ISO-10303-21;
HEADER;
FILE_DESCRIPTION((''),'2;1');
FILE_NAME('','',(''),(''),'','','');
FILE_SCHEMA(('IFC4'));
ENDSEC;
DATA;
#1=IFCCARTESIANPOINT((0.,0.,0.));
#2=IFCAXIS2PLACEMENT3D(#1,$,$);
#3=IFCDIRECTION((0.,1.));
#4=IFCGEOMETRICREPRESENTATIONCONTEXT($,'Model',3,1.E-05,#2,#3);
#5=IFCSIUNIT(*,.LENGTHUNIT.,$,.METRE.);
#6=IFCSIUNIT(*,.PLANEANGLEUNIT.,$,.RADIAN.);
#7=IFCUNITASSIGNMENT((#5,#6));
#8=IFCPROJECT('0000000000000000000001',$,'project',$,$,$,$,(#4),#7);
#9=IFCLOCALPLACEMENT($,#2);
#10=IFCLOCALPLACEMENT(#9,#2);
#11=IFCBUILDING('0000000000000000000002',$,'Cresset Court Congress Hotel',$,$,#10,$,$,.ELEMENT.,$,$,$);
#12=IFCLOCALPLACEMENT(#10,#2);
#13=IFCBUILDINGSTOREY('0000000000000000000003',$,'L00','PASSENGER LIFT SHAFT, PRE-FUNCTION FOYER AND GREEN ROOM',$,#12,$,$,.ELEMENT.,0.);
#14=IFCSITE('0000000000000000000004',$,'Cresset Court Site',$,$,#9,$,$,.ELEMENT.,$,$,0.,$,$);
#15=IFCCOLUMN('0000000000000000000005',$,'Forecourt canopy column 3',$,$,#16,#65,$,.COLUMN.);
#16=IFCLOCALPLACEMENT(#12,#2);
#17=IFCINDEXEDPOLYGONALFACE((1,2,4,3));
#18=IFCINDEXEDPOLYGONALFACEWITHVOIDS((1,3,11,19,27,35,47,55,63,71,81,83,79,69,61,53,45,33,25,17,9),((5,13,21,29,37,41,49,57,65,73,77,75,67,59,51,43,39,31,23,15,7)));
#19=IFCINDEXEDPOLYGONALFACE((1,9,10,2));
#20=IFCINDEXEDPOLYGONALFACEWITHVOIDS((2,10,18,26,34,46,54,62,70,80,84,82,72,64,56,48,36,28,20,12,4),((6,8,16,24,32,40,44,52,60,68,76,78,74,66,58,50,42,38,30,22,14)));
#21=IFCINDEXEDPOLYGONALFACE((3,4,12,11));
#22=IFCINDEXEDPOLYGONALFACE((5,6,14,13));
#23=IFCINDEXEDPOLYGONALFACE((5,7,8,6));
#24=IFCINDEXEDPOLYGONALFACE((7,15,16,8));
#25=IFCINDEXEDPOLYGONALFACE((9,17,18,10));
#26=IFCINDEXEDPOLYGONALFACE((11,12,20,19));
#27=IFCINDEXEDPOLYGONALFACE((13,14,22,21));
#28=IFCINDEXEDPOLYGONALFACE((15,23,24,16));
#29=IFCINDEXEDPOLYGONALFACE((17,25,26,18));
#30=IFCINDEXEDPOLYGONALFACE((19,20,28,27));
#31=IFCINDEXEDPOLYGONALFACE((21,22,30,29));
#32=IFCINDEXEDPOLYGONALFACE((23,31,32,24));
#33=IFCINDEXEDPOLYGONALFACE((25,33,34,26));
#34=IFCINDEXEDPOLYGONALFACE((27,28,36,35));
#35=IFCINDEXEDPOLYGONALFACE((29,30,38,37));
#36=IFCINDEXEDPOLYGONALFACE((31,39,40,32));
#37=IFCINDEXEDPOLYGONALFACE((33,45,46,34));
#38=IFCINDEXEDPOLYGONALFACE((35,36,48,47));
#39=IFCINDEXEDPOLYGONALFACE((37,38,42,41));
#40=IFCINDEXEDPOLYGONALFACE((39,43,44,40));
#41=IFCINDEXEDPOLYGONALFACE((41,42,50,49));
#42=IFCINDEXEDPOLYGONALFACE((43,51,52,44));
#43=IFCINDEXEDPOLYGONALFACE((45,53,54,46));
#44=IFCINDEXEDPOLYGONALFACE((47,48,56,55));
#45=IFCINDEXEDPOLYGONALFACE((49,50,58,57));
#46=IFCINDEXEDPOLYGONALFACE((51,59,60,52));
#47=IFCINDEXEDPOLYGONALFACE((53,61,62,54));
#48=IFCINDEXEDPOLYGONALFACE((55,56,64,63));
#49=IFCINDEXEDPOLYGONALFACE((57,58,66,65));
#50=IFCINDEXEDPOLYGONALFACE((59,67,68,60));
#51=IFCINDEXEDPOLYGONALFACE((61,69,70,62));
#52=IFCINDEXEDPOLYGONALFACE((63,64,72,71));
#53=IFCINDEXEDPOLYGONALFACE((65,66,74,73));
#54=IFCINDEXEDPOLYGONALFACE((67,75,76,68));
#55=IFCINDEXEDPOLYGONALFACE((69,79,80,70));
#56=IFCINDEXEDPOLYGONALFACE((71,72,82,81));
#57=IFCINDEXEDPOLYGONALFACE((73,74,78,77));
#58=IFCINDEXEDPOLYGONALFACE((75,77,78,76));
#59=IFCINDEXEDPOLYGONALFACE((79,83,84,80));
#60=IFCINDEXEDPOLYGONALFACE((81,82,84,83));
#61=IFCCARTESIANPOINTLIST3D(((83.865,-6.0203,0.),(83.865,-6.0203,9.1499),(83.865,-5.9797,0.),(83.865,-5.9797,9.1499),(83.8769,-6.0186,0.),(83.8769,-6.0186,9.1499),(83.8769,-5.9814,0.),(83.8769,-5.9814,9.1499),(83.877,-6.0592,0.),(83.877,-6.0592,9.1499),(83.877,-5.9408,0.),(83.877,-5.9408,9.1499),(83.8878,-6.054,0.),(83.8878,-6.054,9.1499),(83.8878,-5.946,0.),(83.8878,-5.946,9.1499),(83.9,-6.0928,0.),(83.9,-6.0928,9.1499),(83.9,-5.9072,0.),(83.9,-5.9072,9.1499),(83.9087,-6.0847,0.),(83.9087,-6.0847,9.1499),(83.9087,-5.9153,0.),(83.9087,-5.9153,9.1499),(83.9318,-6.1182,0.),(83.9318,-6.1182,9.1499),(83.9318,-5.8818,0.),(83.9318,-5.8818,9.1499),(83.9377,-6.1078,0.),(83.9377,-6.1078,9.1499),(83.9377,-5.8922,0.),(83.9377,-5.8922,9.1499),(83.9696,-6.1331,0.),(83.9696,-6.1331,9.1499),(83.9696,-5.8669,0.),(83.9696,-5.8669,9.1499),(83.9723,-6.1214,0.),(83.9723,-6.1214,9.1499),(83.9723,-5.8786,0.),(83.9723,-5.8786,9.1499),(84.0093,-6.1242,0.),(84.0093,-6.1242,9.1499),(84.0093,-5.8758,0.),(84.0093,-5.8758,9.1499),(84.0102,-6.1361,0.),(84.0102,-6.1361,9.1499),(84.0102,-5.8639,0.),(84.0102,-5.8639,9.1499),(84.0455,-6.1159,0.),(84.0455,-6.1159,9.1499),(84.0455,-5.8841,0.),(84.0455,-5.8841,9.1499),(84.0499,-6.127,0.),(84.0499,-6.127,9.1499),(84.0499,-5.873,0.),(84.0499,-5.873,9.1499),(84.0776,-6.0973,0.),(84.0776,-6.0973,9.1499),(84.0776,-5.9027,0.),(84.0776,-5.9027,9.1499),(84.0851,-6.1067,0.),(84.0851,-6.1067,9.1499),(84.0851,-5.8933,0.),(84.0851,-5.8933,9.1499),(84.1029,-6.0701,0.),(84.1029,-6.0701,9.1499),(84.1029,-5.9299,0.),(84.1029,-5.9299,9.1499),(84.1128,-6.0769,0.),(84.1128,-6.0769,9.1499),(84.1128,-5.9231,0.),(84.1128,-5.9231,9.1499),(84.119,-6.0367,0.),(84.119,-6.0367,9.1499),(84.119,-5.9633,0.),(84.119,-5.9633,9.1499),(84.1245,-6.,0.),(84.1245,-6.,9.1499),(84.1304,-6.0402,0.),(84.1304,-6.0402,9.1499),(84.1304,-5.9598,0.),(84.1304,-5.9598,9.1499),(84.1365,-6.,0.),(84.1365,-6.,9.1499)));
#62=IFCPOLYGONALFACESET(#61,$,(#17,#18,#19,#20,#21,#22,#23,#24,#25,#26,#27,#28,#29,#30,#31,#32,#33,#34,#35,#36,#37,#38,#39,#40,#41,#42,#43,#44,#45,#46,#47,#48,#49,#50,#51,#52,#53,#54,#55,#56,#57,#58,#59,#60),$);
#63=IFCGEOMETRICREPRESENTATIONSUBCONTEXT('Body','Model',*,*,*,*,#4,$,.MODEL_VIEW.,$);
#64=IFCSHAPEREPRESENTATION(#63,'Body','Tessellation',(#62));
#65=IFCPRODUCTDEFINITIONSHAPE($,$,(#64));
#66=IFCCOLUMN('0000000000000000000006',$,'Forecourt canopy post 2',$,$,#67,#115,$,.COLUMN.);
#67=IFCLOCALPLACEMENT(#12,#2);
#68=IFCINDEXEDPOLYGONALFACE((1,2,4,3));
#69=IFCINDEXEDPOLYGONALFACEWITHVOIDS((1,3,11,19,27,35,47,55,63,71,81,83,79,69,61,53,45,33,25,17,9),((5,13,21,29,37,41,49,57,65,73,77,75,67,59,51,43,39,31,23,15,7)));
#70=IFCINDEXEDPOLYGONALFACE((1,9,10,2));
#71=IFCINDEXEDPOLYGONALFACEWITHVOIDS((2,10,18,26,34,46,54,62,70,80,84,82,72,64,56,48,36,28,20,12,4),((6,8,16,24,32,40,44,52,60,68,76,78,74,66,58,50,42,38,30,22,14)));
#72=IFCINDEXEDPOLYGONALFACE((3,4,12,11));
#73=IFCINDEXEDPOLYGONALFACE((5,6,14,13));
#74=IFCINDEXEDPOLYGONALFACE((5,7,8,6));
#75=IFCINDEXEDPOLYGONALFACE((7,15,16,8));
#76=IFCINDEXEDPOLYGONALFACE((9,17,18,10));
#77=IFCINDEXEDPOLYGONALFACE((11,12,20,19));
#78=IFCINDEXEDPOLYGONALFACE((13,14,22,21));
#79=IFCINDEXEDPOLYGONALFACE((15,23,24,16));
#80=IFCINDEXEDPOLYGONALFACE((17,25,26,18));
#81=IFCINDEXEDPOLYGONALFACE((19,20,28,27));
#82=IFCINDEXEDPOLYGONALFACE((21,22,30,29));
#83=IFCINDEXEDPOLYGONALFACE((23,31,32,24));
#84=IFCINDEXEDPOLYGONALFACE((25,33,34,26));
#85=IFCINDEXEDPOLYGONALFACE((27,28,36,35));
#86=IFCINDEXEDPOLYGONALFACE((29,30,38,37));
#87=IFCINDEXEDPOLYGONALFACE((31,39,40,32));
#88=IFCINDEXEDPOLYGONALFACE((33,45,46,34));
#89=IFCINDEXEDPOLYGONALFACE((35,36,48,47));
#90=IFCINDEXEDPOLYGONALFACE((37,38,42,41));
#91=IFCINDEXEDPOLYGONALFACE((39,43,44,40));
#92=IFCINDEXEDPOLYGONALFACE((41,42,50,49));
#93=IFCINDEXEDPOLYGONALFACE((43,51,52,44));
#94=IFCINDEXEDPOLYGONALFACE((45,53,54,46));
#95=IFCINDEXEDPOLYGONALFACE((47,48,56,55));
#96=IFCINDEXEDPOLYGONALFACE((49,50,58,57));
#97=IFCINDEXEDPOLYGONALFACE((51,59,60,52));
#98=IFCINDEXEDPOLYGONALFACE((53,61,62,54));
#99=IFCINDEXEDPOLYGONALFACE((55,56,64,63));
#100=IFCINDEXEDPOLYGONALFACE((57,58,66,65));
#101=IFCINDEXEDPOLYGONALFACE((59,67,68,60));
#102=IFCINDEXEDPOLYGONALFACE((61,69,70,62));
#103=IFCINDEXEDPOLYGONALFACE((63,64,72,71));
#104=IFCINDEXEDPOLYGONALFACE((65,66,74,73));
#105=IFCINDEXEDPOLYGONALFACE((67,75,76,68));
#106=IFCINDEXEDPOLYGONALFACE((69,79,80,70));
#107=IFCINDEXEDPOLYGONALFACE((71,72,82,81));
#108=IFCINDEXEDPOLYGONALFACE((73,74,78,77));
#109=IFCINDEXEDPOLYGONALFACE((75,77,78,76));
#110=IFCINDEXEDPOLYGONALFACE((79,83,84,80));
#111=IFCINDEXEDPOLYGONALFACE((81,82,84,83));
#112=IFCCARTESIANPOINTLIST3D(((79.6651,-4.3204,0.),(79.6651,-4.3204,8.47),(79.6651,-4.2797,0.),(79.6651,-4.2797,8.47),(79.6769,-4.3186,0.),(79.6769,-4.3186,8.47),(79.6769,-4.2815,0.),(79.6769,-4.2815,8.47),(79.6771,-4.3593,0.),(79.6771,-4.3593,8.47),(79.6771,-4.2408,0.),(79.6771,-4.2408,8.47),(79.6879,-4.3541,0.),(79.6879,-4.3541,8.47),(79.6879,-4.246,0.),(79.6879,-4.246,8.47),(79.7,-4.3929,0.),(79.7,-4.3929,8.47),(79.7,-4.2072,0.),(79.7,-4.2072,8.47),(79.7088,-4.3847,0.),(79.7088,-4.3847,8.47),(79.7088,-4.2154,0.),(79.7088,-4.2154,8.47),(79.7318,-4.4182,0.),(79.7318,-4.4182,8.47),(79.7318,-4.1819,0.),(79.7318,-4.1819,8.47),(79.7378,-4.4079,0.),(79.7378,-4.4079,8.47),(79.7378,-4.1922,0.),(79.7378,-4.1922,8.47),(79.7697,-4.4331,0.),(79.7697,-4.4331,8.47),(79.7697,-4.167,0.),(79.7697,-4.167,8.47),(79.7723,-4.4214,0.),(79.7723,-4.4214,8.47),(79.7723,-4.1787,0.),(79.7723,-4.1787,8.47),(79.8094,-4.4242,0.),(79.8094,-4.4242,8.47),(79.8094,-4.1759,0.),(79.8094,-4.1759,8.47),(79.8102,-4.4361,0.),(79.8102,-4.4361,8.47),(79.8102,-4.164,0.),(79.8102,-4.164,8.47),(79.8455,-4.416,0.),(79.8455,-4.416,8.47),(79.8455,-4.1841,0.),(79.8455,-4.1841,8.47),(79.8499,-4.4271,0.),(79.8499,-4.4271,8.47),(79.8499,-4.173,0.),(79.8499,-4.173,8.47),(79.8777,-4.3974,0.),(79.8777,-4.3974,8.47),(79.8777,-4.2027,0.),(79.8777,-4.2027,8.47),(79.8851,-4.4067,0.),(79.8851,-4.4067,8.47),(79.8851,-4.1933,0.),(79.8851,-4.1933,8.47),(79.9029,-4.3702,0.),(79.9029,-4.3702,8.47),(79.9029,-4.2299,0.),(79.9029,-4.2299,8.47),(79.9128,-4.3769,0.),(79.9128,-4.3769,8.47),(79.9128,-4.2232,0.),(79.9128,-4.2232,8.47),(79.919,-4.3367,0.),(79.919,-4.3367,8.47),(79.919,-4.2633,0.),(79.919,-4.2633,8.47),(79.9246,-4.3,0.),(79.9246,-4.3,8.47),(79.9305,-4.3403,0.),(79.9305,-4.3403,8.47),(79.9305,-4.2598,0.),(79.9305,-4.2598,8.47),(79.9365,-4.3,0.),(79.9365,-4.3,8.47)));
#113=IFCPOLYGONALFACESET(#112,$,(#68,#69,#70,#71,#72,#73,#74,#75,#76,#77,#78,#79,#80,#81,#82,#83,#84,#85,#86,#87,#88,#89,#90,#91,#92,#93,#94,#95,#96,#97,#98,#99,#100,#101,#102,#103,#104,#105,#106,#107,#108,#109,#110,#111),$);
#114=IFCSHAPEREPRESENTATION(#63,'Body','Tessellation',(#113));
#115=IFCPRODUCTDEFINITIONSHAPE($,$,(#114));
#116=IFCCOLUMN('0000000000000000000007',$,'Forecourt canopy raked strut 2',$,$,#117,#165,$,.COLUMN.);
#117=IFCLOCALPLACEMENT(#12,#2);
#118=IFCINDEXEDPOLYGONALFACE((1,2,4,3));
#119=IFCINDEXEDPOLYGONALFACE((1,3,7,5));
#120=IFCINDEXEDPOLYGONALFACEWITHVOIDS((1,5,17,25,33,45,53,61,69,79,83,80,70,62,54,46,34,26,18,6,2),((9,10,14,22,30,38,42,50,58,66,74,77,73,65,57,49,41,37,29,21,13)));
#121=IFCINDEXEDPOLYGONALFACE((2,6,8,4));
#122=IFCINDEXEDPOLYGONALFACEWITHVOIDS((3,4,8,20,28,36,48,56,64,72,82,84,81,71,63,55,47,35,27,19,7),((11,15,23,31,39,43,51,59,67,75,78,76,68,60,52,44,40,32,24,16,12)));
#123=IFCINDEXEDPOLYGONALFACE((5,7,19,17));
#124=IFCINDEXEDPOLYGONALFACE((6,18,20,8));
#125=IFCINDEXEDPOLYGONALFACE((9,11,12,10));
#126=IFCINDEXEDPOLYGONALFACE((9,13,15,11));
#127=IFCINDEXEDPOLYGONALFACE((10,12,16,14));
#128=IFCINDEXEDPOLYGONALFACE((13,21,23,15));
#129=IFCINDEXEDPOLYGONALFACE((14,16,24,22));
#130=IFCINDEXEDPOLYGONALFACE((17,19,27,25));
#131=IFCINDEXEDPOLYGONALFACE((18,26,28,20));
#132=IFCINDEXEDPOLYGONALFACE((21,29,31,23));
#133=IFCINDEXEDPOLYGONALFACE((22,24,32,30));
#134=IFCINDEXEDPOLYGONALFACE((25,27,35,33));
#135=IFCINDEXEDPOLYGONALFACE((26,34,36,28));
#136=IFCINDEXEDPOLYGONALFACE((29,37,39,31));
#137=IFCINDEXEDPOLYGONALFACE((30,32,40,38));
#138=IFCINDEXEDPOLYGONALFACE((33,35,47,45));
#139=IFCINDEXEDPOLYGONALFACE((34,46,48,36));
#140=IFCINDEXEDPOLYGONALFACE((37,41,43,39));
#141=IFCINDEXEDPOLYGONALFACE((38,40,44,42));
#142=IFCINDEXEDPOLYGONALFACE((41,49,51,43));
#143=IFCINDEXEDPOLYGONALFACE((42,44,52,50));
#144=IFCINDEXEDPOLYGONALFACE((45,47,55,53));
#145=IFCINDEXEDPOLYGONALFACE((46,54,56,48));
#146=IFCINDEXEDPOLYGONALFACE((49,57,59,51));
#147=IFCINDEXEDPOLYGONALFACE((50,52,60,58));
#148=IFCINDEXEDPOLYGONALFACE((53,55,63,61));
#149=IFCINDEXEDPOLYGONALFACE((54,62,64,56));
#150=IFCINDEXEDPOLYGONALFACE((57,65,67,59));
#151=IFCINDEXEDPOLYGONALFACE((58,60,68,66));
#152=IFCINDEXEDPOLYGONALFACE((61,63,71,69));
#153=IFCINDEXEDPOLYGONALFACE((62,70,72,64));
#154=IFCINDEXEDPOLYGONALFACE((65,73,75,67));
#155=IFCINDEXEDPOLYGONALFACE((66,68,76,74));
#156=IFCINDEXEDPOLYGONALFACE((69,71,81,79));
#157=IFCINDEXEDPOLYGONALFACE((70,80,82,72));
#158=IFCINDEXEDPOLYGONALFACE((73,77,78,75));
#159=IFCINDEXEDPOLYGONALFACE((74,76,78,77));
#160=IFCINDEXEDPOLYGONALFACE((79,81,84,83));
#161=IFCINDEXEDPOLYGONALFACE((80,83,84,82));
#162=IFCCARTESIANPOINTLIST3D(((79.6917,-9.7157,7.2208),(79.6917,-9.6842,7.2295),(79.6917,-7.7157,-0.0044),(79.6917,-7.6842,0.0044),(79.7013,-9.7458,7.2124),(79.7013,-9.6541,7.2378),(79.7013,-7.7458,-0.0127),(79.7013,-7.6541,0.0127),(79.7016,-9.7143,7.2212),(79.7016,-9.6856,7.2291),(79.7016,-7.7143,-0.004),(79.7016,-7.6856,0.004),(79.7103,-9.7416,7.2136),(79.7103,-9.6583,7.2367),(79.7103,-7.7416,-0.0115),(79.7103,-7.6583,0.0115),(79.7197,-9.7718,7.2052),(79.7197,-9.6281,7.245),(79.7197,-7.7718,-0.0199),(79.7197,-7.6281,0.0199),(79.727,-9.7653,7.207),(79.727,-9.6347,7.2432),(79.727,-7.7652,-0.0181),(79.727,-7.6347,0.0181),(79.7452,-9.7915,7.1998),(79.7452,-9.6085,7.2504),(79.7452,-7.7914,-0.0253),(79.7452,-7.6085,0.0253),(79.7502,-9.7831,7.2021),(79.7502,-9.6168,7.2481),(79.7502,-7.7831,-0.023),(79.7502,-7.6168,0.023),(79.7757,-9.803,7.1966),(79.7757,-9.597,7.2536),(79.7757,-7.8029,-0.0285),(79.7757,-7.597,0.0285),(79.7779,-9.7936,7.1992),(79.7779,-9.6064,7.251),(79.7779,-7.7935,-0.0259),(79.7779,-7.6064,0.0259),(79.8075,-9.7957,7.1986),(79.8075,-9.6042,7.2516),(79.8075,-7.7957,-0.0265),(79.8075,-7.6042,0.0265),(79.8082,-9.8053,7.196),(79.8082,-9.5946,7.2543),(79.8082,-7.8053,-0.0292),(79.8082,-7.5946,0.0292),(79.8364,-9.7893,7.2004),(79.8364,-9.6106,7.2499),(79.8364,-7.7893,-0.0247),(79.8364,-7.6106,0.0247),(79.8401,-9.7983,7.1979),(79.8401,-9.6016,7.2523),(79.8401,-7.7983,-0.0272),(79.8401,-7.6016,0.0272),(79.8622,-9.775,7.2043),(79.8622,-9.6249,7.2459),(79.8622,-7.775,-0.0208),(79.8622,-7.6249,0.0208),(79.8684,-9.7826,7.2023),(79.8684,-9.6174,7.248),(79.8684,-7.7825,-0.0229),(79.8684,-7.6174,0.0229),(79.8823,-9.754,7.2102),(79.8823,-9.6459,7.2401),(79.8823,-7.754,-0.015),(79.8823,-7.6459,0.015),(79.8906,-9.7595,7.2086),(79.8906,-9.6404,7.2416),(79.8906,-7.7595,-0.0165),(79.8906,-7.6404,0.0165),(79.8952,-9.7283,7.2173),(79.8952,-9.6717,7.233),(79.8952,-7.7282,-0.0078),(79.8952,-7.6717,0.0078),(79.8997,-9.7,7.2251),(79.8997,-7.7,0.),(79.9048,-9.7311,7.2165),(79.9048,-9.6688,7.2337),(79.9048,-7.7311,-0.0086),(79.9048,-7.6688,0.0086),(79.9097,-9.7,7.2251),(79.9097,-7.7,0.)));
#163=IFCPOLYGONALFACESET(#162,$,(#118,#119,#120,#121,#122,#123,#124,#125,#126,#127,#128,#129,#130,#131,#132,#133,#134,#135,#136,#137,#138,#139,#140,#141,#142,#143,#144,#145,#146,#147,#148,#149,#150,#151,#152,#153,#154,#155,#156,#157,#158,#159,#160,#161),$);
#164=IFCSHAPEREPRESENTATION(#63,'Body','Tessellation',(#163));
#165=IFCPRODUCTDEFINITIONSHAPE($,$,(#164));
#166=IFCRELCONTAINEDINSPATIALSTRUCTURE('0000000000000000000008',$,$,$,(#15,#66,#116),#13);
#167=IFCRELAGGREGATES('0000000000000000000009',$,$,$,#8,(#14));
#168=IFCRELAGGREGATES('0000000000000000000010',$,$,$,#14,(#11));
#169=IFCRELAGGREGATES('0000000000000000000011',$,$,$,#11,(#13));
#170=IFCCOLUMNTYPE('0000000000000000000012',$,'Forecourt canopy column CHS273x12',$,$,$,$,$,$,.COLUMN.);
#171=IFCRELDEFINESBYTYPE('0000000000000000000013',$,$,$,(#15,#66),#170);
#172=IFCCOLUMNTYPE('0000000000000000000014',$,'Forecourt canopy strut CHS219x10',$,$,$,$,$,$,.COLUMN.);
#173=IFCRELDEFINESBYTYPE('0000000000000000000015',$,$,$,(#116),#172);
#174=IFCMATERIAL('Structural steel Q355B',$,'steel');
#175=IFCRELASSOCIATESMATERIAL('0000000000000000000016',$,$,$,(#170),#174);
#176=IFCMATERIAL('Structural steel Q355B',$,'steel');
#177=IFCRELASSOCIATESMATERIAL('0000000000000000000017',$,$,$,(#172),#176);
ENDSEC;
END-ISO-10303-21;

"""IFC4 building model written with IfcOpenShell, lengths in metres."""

from ifc_helpers import new_model, si_unit, direction, frame, origin, origin_2d, place, context, subcontext, project, spatial, hollow_circle, extrude, material, material_profile, profile_set, type_object, element, save


model = new_model("IFC4")

# Units and contexts
model_context = context("Model", 3, precision=1e-05, world=origin(), true_north=direction((0.0, 1.0)))
body_context = subcontext(model_context, "Body", "Model", "MODEL_VIEW")
ifc_project = project(units=[si_unit("LENGTHUNIT", "METRE"), si_unit("PLANEANGLEUNIT", "RADIAN")], contexts=[model_context])

# Site, building, storey
site_placement = place(None, origin())
site = spatial("IfcSite", under=ifc_project, at=site_placement, Name="Cresset Court Site", CompositionType="ELEMENT", RefElevation=0.0)
building_placement = place(site_placement, origin())
building = spatial("IfcBuilding", under=site, at=building_placement, Name="Cresset Court Congress Hotel", CompositionType="ELEMENT")
storey_placement = place(building_placement, origin())
storey = spatial("IfcBuildingStorey", under=building, at=storey_placement, Name="L00", Description="PASSENGER LIFT SHAFT, PRE-FUNCTION FOYER AND GREEN ROOM", CompositionType="ELEMENT", Elevation=0.0)

# Columns
ifc_material_1 = material(Name="Structural steel Q355B", Category="steel")
ifc_material_profile_1 = material_profile(ifc_material_1, hollow_circle(Radius=0.1365, WallThickness=0.012, at=origin_2d()), Name="CHS273x12")
ifc_profile_set_1 = profile_set([ifc_material_profile_1], Name="Structural steel Q355B")
column_type_1 = type_object("IfcColumnType", Name="Forecourt canopy column CHS273x12", PredefinedType="COLUMN", material=ifc_profile_set_1)
column_1_placement = place(storey_placement, frame((84.0, -6.0, 0.0), z_axis=(0.0, 0.0, 1.0), x_axis=(1.0, 0.0, 0.0)))
element("IfcColumn", 1, at=column_1_placement, inside=storey, type_object=column_type_1, Name="Forecourt canopy column 3", PredefinedType="COLUMN", context=body_context, shape_type="SweptSolid", body=[
    extrude(hollow_circle(Radius=0.1365, WallThickness=0.012, at=origin_2d()), origin(), (0.0, 0.0, 1.0), 9.1499),
])
column_2_placement = place(storey_placement, frame((79.8, -4.3, 0.0), z_axis=(0.0, 0.0, 1.0), x_axis=(1.0, 0.0, 0.0)))
element("IfcColumn", 2, at=column_2_placement, inside=storey, type_object=column_type_1, Name="Forecourt canopy post 2", PredefinedType="COLUMN", context=body_context, shape_type="SweptSolid", body=[
    extrude(hollow_circle(Radius=0.1365, WallThickness=0.012, at=origin_2d()), origin(), (0.0, 0.0, 1.0), 8.47),
])
ifc_material_2 = material(Name="Structural steel Q355B", Category="steel")
ifc_material_profile_2 = material_profile(ifc_material_2, hollow_circle(Radius=0.1096, WallThickness=0.01, at=origin_2d()), Name="CHS219x10")
ifc_profile_set_2 = profile_set([ifc_material_profile_2], Name="Structural steel Q355B")
column_type_2 = type_object("IfcColumnType", Name="Forecourt canopy strut CHS219x10", PredefinedType="COLUMN", material=ifc_profile_set_2)
column_3_placement = place(storey_placement, frame((79.8, -7.7, 0.0), z_axis=(0.0, -0.26678, 0.963757), x_axis=(1.0, 0.0, 0.0)))
element("IfcColumn", 3, at=column_3_placement, inside=storey, type_object=column_type_2, Name="Forecourt canopy raked strut 2", PredefinedType="COLUMN", context=body_context, shape_type="SweptSolid", body=[
    extrude(hollow_circle(Radius=0.1096, WallThickness=0.01, at=origin_2d()), origin(), (0.0, 0.0, 1.0), 7.4968),
])

save(model, "model.ifc")
